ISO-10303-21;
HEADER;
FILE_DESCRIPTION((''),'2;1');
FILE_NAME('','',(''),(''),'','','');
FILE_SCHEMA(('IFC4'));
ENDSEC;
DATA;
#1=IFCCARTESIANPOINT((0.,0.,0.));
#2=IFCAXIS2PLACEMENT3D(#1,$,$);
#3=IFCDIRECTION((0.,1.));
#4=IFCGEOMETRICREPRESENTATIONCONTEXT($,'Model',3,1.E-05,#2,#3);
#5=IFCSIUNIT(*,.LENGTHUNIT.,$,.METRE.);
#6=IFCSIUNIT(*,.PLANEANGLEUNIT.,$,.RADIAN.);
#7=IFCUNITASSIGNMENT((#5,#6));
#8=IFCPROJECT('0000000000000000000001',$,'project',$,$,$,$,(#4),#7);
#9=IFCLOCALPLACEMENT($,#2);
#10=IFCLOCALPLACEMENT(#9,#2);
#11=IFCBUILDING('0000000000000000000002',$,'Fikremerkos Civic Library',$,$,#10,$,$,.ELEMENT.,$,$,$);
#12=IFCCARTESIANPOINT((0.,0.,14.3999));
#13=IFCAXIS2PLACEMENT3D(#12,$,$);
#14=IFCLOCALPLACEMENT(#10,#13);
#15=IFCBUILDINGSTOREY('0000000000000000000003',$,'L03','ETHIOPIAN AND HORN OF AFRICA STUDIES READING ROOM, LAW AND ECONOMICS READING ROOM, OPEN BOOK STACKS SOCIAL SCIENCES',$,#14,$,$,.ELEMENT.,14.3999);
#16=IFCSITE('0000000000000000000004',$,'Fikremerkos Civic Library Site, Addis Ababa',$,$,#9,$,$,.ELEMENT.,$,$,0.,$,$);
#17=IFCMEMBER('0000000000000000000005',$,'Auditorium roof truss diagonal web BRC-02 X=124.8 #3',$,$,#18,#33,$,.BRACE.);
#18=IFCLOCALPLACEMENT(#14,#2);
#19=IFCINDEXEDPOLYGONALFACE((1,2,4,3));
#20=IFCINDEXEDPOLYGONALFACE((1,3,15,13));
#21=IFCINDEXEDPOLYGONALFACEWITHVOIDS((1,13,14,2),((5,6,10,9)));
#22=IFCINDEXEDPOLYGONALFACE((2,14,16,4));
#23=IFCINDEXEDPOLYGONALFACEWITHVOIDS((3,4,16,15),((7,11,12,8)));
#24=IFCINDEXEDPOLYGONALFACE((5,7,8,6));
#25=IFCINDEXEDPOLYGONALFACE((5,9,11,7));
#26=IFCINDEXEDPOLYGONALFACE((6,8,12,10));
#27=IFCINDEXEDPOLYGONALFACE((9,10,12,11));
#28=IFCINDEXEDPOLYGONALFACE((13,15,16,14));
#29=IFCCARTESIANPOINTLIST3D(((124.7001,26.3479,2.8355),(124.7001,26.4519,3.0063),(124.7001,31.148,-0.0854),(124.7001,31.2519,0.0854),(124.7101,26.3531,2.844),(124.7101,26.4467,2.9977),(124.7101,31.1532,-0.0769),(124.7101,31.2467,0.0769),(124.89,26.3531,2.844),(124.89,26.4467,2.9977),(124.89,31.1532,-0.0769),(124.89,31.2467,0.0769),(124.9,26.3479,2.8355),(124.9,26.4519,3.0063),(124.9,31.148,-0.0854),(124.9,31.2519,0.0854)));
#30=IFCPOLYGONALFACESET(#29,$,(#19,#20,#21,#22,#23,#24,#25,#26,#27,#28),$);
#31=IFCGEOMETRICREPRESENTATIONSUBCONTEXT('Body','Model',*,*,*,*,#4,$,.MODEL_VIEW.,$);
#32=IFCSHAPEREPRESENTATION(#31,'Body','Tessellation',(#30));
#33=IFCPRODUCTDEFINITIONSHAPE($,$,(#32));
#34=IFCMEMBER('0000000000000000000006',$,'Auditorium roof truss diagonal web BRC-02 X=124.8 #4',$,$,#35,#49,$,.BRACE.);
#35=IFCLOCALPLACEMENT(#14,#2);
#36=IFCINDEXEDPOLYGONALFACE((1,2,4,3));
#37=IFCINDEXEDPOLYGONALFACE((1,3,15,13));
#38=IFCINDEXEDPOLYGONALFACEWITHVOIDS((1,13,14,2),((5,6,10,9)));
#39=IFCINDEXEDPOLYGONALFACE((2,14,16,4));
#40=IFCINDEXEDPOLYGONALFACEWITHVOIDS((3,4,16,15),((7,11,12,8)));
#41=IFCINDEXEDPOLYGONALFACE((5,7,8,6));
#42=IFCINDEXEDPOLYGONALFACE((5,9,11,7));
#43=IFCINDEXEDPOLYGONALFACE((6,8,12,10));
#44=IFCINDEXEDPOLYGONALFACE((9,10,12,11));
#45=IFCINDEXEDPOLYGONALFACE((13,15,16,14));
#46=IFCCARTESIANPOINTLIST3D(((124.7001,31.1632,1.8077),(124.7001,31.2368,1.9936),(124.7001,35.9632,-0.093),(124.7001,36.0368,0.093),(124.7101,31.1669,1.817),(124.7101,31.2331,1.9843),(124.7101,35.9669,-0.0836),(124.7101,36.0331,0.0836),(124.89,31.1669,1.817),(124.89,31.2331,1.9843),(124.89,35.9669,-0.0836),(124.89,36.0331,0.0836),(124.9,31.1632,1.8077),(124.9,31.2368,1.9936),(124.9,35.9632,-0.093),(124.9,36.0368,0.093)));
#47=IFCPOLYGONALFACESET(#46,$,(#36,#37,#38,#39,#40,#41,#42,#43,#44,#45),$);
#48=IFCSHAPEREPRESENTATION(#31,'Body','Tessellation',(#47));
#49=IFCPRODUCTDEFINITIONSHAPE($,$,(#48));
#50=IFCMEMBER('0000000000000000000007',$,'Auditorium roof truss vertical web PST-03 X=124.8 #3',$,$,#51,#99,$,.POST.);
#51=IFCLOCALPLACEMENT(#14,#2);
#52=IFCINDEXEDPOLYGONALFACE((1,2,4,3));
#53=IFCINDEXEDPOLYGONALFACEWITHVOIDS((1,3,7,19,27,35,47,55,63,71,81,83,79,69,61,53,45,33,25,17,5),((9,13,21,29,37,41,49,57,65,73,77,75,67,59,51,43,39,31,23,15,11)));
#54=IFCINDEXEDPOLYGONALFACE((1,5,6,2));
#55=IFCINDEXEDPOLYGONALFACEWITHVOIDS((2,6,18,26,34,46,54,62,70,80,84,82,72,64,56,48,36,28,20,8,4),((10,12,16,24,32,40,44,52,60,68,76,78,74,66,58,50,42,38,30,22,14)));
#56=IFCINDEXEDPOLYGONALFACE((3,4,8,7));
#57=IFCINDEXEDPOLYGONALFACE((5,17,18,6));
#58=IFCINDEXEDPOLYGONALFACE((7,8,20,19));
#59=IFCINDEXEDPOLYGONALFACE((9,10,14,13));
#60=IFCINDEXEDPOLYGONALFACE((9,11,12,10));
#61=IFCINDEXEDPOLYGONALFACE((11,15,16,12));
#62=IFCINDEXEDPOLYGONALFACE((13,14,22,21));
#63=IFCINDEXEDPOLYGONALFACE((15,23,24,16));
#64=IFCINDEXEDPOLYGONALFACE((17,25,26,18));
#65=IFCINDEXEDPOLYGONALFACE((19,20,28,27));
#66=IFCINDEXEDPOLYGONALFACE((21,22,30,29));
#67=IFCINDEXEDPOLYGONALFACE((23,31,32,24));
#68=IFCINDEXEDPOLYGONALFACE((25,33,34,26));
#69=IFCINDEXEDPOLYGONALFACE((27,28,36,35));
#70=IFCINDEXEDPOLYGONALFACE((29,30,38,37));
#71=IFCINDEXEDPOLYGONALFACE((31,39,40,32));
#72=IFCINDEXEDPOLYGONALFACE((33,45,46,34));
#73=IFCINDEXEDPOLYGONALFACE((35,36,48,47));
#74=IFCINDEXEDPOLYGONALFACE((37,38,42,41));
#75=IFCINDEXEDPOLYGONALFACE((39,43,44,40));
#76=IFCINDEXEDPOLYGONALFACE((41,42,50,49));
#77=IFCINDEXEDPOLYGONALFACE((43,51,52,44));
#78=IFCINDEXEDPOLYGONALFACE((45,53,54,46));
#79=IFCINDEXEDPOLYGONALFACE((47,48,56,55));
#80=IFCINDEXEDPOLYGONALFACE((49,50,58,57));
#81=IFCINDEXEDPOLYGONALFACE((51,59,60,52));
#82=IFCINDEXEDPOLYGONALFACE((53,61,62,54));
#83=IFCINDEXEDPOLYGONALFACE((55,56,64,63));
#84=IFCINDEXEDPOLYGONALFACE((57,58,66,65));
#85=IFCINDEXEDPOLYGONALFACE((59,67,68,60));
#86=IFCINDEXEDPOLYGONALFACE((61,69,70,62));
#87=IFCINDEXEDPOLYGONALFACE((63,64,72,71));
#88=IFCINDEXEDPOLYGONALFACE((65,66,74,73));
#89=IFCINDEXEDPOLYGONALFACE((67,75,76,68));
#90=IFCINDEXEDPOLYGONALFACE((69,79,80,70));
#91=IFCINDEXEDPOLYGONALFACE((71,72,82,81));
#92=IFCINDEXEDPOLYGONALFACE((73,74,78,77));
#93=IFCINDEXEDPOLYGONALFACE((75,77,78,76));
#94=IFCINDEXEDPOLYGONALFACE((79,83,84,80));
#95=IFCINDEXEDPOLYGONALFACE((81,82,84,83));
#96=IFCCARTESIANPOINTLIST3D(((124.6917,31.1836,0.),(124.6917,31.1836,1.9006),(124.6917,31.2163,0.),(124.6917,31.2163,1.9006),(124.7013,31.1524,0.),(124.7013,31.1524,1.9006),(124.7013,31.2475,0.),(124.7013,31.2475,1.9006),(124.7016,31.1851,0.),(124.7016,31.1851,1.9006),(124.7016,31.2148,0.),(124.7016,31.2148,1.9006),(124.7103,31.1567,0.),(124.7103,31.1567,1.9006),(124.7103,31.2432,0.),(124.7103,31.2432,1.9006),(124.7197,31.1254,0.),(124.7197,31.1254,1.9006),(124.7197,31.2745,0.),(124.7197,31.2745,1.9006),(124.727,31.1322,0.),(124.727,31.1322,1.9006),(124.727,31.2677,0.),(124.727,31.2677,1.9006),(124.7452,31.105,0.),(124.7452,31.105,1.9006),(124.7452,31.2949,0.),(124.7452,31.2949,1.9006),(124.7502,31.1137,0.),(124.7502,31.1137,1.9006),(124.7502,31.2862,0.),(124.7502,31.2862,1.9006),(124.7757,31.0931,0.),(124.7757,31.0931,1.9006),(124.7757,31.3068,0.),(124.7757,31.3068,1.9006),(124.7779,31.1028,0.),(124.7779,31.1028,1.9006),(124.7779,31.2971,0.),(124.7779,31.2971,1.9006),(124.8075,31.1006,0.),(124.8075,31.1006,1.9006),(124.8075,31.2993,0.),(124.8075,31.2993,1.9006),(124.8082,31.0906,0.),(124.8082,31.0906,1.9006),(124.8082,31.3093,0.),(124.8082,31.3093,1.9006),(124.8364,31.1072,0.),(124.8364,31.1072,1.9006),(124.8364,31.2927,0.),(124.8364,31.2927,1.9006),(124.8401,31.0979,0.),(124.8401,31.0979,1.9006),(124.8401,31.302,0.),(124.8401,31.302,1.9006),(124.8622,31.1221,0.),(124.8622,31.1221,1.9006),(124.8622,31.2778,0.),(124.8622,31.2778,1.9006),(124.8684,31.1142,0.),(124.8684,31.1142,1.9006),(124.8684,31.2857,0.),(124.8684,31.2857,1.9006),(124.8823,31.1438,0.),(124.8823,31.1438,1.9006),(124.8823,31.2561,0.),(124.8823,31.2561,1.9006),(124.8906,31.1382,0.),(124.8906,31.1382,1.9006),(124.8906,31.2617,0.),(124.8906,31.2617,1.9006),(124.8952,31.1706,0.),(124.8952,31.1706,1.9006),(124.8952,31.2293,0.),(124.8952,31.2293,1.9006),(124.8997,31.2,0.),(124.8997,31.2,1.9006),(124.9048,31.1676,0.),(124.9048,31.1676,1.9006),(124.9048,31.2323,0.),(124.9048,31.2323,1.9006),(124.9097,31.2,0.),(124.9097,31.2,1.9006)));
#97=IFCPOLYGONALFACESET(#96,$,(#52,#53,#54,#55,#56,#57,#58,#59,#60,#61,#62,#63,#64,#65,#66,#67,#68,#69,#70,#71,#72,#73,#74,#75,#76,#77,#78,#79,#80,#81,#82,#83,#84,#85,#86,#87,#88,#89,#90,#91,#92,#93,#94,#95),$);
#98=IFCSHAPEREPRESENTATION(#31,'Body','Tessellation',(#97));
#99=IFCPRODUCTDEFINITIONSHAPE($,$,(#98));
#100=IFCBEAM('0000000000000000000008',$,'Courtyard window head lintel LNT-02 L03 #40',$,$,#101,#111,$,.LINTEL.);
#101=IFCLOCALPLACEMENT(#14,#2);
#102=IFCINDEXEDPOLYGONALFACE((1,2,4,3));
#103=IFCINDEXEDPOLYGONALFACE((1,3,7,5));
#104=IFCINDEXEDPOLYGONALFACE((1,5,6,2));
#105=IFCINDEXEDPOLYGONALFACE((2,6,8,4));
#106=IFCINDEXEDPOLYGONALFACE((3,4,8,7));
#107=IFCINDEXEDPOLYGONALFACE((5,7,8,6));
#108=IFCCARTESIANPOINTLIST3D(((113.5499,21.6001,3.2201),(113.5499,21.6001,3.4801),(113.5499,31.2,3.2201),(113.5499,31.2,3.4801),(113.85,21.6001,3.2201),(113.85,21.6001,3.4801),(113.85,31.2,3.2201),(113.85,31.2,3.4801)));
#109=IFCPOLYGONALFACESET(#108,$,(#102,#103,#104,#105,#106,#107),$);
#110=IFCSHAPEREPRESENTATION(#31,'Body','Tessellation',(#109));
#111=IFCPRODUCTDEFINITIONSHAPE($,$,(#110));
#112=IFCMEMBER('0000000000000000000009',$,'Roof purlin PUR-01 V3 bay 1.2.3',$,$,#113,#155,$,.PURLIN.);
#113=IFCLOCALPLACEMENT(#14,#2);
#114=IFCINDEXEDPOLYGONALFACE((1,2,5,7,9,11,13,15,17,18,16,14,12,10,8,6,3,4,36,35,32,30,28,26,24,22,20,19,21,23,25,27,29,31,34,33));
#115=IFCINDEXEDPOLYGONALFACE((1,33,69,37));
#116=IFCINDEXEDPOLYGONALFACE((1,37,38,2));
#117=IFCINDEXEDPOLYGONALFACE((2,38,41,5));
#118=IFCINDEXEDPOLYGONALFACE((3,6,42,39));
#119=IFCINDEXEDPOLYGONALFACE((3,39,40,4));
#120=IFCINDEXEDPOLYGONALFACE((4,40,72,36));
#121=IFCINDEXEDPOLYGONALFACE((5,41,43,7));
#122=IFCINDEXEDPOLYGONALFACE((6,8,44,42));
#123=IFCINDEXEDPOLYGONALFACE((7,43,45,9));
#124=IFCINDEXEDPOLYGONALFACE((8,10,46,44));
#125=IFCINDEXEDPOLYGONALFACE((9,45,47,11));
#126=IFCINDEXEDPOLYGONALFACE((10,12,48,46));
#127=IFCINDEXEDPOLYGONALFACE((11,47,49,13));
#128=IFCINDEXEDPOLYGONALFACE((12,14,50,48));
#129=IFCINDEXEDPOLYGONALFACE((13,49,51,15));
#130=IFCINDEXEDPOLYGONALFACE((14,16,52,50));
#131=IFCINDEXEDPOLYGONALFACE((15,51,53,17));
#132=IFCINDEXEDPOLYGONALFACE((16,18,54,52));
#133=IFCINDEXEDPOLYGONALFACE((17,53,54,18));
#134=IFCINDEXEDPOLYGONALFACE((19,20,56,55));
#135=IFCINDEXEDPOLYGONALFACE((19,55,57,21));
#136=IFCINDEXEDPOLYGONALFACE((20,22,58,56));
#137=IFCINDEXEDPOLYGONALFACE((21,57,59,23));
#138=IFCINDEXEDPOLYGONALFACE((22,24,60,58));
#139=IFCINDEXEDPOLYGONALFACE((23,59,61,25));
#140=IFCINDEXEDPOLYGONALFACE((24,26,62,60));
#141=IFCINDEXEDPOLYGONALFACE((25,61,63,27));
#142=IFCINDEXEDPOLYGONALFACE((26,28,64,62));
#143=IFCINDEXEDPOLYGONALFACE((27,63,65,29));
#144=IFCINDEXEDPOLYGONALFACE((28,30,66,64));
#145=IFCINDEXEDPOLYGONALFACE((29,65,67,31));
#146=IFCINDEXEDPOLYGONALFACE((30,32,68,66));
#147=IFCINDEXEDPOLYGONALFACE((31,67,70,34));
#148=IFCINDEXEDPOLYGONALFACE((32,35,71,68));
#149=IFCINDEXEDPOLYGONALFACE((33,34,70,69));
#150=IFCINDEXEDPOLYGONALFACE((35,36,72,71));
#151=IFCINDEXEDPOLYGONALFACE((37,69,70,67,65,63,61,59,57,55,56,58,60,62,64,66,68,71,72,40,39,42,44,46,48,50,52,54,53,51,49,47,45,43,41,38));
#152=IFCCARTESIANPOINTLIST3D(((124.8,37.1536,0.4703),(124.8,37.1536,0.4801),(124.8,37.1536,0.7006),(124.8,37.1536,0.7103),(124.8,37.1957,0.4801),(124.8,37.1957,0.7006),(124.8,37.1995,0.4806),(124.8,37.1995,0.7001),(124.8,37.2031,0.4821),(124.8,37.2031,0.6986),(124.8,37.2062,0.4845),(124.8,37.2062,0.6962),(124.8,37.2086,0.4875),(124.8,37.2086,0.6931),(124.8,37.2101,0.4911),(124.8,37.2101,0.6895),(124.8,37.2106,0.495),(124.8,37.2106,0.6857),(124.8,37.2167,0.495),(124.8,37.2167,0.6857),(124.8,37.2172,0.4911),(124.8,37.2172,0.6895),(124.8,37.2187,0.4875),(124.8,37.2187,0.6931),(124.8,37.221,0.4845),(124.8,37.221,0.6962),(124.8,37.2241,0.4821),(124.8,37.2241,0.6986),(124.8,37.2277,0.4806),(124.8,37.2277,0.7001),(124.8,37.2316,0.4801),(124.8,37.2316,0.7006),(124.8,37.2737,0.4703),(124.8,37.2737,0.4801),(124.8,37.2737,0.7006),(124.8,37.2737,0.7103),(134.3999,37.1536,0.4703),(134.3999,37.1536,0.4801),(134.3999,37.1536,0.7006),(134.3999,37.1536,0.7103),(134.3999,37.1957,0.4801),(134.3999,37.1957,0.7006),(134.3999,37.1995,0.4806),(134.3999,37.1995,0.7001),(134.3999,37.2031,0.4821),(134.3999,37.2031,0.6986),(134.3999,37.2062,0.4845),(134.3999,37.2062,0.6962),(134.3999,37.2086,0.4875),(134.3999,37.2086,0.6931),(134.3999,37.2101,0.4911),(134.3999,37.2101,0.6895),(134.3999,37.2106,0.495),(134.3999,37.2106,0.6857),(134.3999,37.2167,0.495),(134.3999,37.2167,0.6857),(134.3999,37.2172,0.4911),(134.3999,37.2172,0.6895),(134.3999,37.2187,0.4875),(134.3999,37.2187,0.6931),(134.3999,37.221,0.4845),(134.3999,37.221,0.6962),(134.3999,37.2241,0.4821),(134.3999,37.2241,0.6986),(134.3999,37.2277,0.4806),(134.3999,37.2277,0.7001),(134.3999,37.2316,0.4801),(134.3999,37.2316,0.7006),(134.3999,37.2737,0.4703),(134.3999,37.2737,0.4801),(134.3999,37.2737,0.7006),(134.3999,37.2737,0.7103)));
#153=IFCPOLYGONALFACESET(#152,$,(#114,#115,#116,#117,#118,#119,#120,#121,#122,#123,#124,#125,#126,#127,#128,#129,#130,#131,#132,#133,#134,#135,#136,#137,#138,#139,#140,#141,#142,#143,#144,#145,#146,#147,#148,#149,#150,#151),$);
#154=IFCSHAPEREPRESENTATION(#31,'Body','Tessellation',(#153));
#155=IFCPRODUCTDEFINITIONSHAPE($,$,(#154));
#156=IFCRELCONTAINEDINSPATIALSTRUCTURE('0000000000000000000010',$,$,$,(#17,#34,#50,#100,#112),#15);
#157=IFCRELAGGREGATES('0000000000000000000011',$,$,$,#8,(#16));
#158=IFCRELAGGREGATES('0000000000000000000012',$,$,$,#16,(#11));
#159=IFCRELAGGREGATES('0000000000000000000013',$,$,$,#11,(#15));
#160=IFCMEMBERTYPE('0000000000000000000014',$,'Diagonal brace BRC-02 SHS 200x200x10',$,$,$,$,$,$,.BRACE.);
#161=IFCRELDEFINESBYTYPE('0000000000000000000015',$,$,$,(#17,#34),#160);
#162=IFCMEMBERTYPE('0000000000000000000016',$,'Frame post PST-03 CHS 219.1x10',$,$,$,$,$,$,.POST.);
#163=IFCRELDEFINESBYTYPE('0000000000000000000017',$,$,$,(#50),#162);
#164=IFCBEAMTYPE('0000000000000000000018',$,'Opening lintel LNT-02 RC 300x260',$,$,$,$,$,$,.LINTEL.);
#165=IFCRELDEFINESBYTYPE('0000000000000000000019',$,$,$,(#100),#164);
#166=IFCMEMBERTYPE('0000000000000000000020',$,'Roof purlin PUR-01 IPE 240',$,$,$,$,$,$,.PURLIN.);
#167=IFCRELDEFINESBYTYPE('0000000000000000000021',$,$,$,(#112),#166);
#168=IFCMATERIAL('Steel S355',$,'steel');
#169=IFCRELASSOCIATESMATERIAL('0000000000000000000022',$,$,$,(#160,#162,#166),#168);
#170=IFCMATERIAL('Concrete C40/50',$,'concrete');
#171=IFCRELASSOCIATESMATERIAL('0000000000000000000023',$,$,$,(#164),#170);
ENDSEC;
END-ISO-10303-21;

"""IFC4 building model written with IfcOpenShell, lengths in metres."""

from ifc_helpers import new_model, si_unit, direction, frame, origin, origin_2d, place, context, subcontext, project, spatial, rectangle, hollow_rectangle, hollow_circle, i_section, extrude, material, material_profile, profile_set, type_object, element, save


model = new_model("IFC4")

# Units and contexts
model_context = context("Model", 3, precision=1e-05, world=origin(), true_north=direction((0.0, 1.0)))
body_context = subcontext(model_context, "Body", "Model", "MODEL_VIEW")
ifc_project = project(units=[si_unit("LENGTHUNIT", "METRE"), si_unit("PLANEANGLEUNIT", "RADIAN")], contexts=[model_context])

# Site, building, storey
site_placement = place(None, origin())
site = spatial("IfcSite", under=ifc_project, at=site_placement, Name="Fikremerkos Civic Library Site, Addis Ababa", CompositionType="ELEMENT", RefElevation=0.0)
building_placement = place(site_placement, origin())
building = spatial("IfcBuilding", under=site, at=building_placement, Name="Fikremerkos Civic Library", CompositionType="ELEMENT")
storey_placement = place(building_placement, frame((0.0, 0.0, 14.3999)))
storey = spatial("IfcBuildingStorey", under=building, at=storey_placement, Name="L03", Description="ETHIOPIAN AND HORN OF AFRICA STUDIES READING ROOM, LAW AND ECONOMICS READING ROOM, OPEN BOOK STACKS SOCIAL SCIENCES", CompositionType="ELEMENT", Elevation=14.3999)

# Shared definitions
ifc_material_1 = material(Name="Concrete C40/50", Category="concrete")

# Members
ifc_material_2 = material(Name="Steel S355", Category="steel")
ifc_material_profile_1 = material_profile(ifc_material_2, hollow_rectangle(XDim=0.2, YDim=0.2, WallThickness=0.01, at=origin_2d()), Name="SHS 200x200x10")
ifc_profile_set_1 = profile_set([ifc_material_profile_1], Name="Steel S355")
member_type_1 = type_object("IfcMemberType", Name="Diagonal brace BRC-02 SHS 200x200x10", PredefinedType="BRACE", material=ifc_profile_set_1)
member_1_placement = place(storey_placement, frame((124.8, 31.2, 0.0), z_axis=(0.0, -0.854267, 0.519834), x_axis=(1.0, 0.0, 0.0)))
element("IfcMember", 1, at=member_1_placement, inside=storey, type_object=member_type_1, Name="Auditorium roof truss diagonal web BRC-02 X=124.8 #3", PredefinedType="BRACE", context=body_context, shape_type="SweptSolid", body=[
    extrude(hollow_rectangle(XDim=0.2, YDim=0.2, WallThickness=0.01, at=origin_2d()), origin(), (0.0, 0.0, 1.0), 5.6189),
])
member_2_placement = place(storey_placement, frame((124.8, 36.0, 0.0), z_axis=(0.0, -0.929766, 0.368152), x_axis=(1.0, 0.0, 0.0)))
element("IfcMember", 2, at=member_2_placement, inside=storey, type_object=member_type_1, Name="Auditorium roof truss diagonal web BRC-02 X=124.8 #4", PredefinedType="BRACE", context=body_context, shape_type="SweptSolid", body=[
    extrude(hollow_rectangle(XDim=0.2, YDim=0.2, WallThickness=0.01, at=origin_2d()), origin(), (0.0, 0.0, 1.0), 5.1626),
])
ifc_material_profile_2 = material_profile(ifc_material_2, hollow_circle(Radius=0.1096, WallThickness=0.01, at=origin_2d()), Name="CHS 219.1x10")
ifc_profile_set_2 = profile_set([ifc_material_profile_2], Name="Steel S355")
member_type_2 = type_object("IfcMemberType", Name="Frame post PST-03 CHS 219.1x10", PredefinedType="POST", material=ifc_profile_set_2)
member_3_placement = place(storey_placement, frame((124.8, 31.2, 0.0), z_axis=(0.0, 0.0, 1.0), x_axis=(1.0, 0.0, 0.0)))
element("IfcMember", 3, at=member_3_placement, inside=storey, type_object=member_type_2, Name="Auditorium roof truss vertical web PST-03 X=124.8 #3", PredefinedType="POST", context=body_context, shape_type="SweptSolid", body=[
    extrude(hollow_circle(Radius=0.1096, WallThickness=0.01, at=origin_2d()), origin(), (0.0, 0.0, 1.0), 1.9006),
])

# Beam
ifc_material_profile_3 = material_profile(ifc_material_1, rectangle(XDim=0.3, YDim=0.26, at=origin_2d()), Name="RC 300x260")
ifc_profile_set_3 = profile_set([ifc_material_profile_3], Name="Concrete C40/50")
beam_type = type_object("IfcBeamType", Name="Opening lintel LNT-02 RC 300x260", PredefinedType="LINTEL", material=ifc_profile_set_3)
beam_placement = place(storey_placement, frame((113.7, 31.2, 3.3501), z_axis=(0.0, -1.0, 0.0), x_axis=(1.0, 0.0, 0.0)))
element("IfcBeam", 4, at=beam_placement, inside=storey, type_object=beam_type, Name="Courtyard window head lintel LNT-02 L03 #40", PredefinedType="LINTEL", context=body_context, shape_type="SweptSolid", body=[
    extrude(rectangle(XDim=0.3, YDim=0.26, at=origin_2d()), origin(), (0.0, 0.0, 1.0), 9.5999),
])

# Member
ifc_material_profile_4 = material_profile(ifc_material_2, i_section(OverallWidth=0.1201, OverallDepth=0.24, WebThickness=0.0061, FlangeThickness=0.0098, FilletRadius=0.0149, at=origin_2d()), Name="IPE 240")
ifc_profile_set_4 = profile_set([ifc_material_profile_4], Name="Steel S355")
member_type_3 = type_object("IfcMemberType", Name="Roof purlin PUR-01 IPE 240", PredefinedType="PURLIN", material=ifc_profile_set_4)
member_4_placement = place(storey_placement, frame((124.8, 37.2136, 0.5903), z_axis=(1.0, 0.0, 0.0), x_axis=(0.0, 1.0, 0.0)))
element("IfcMember", 5, at=member_4_placement, inside=storey, type_object=member_type_3, Name="Roof purlin PUR-01 V3 bay 1.2.3", PredefinedType="PURLIN", context=body_context, shape_type="SweptSolid", body=[
    extrude(i_section(OverallWidth=0.1201, OverallDepth=0.24, WebThickness=0.0061, FlangeThickness=0.0098, FilletRadius=0.0149, at=origin_2d()), origin(), (0.0, 0.0, 1.0), 9.5999),
])

save(model, "model.ifc")
